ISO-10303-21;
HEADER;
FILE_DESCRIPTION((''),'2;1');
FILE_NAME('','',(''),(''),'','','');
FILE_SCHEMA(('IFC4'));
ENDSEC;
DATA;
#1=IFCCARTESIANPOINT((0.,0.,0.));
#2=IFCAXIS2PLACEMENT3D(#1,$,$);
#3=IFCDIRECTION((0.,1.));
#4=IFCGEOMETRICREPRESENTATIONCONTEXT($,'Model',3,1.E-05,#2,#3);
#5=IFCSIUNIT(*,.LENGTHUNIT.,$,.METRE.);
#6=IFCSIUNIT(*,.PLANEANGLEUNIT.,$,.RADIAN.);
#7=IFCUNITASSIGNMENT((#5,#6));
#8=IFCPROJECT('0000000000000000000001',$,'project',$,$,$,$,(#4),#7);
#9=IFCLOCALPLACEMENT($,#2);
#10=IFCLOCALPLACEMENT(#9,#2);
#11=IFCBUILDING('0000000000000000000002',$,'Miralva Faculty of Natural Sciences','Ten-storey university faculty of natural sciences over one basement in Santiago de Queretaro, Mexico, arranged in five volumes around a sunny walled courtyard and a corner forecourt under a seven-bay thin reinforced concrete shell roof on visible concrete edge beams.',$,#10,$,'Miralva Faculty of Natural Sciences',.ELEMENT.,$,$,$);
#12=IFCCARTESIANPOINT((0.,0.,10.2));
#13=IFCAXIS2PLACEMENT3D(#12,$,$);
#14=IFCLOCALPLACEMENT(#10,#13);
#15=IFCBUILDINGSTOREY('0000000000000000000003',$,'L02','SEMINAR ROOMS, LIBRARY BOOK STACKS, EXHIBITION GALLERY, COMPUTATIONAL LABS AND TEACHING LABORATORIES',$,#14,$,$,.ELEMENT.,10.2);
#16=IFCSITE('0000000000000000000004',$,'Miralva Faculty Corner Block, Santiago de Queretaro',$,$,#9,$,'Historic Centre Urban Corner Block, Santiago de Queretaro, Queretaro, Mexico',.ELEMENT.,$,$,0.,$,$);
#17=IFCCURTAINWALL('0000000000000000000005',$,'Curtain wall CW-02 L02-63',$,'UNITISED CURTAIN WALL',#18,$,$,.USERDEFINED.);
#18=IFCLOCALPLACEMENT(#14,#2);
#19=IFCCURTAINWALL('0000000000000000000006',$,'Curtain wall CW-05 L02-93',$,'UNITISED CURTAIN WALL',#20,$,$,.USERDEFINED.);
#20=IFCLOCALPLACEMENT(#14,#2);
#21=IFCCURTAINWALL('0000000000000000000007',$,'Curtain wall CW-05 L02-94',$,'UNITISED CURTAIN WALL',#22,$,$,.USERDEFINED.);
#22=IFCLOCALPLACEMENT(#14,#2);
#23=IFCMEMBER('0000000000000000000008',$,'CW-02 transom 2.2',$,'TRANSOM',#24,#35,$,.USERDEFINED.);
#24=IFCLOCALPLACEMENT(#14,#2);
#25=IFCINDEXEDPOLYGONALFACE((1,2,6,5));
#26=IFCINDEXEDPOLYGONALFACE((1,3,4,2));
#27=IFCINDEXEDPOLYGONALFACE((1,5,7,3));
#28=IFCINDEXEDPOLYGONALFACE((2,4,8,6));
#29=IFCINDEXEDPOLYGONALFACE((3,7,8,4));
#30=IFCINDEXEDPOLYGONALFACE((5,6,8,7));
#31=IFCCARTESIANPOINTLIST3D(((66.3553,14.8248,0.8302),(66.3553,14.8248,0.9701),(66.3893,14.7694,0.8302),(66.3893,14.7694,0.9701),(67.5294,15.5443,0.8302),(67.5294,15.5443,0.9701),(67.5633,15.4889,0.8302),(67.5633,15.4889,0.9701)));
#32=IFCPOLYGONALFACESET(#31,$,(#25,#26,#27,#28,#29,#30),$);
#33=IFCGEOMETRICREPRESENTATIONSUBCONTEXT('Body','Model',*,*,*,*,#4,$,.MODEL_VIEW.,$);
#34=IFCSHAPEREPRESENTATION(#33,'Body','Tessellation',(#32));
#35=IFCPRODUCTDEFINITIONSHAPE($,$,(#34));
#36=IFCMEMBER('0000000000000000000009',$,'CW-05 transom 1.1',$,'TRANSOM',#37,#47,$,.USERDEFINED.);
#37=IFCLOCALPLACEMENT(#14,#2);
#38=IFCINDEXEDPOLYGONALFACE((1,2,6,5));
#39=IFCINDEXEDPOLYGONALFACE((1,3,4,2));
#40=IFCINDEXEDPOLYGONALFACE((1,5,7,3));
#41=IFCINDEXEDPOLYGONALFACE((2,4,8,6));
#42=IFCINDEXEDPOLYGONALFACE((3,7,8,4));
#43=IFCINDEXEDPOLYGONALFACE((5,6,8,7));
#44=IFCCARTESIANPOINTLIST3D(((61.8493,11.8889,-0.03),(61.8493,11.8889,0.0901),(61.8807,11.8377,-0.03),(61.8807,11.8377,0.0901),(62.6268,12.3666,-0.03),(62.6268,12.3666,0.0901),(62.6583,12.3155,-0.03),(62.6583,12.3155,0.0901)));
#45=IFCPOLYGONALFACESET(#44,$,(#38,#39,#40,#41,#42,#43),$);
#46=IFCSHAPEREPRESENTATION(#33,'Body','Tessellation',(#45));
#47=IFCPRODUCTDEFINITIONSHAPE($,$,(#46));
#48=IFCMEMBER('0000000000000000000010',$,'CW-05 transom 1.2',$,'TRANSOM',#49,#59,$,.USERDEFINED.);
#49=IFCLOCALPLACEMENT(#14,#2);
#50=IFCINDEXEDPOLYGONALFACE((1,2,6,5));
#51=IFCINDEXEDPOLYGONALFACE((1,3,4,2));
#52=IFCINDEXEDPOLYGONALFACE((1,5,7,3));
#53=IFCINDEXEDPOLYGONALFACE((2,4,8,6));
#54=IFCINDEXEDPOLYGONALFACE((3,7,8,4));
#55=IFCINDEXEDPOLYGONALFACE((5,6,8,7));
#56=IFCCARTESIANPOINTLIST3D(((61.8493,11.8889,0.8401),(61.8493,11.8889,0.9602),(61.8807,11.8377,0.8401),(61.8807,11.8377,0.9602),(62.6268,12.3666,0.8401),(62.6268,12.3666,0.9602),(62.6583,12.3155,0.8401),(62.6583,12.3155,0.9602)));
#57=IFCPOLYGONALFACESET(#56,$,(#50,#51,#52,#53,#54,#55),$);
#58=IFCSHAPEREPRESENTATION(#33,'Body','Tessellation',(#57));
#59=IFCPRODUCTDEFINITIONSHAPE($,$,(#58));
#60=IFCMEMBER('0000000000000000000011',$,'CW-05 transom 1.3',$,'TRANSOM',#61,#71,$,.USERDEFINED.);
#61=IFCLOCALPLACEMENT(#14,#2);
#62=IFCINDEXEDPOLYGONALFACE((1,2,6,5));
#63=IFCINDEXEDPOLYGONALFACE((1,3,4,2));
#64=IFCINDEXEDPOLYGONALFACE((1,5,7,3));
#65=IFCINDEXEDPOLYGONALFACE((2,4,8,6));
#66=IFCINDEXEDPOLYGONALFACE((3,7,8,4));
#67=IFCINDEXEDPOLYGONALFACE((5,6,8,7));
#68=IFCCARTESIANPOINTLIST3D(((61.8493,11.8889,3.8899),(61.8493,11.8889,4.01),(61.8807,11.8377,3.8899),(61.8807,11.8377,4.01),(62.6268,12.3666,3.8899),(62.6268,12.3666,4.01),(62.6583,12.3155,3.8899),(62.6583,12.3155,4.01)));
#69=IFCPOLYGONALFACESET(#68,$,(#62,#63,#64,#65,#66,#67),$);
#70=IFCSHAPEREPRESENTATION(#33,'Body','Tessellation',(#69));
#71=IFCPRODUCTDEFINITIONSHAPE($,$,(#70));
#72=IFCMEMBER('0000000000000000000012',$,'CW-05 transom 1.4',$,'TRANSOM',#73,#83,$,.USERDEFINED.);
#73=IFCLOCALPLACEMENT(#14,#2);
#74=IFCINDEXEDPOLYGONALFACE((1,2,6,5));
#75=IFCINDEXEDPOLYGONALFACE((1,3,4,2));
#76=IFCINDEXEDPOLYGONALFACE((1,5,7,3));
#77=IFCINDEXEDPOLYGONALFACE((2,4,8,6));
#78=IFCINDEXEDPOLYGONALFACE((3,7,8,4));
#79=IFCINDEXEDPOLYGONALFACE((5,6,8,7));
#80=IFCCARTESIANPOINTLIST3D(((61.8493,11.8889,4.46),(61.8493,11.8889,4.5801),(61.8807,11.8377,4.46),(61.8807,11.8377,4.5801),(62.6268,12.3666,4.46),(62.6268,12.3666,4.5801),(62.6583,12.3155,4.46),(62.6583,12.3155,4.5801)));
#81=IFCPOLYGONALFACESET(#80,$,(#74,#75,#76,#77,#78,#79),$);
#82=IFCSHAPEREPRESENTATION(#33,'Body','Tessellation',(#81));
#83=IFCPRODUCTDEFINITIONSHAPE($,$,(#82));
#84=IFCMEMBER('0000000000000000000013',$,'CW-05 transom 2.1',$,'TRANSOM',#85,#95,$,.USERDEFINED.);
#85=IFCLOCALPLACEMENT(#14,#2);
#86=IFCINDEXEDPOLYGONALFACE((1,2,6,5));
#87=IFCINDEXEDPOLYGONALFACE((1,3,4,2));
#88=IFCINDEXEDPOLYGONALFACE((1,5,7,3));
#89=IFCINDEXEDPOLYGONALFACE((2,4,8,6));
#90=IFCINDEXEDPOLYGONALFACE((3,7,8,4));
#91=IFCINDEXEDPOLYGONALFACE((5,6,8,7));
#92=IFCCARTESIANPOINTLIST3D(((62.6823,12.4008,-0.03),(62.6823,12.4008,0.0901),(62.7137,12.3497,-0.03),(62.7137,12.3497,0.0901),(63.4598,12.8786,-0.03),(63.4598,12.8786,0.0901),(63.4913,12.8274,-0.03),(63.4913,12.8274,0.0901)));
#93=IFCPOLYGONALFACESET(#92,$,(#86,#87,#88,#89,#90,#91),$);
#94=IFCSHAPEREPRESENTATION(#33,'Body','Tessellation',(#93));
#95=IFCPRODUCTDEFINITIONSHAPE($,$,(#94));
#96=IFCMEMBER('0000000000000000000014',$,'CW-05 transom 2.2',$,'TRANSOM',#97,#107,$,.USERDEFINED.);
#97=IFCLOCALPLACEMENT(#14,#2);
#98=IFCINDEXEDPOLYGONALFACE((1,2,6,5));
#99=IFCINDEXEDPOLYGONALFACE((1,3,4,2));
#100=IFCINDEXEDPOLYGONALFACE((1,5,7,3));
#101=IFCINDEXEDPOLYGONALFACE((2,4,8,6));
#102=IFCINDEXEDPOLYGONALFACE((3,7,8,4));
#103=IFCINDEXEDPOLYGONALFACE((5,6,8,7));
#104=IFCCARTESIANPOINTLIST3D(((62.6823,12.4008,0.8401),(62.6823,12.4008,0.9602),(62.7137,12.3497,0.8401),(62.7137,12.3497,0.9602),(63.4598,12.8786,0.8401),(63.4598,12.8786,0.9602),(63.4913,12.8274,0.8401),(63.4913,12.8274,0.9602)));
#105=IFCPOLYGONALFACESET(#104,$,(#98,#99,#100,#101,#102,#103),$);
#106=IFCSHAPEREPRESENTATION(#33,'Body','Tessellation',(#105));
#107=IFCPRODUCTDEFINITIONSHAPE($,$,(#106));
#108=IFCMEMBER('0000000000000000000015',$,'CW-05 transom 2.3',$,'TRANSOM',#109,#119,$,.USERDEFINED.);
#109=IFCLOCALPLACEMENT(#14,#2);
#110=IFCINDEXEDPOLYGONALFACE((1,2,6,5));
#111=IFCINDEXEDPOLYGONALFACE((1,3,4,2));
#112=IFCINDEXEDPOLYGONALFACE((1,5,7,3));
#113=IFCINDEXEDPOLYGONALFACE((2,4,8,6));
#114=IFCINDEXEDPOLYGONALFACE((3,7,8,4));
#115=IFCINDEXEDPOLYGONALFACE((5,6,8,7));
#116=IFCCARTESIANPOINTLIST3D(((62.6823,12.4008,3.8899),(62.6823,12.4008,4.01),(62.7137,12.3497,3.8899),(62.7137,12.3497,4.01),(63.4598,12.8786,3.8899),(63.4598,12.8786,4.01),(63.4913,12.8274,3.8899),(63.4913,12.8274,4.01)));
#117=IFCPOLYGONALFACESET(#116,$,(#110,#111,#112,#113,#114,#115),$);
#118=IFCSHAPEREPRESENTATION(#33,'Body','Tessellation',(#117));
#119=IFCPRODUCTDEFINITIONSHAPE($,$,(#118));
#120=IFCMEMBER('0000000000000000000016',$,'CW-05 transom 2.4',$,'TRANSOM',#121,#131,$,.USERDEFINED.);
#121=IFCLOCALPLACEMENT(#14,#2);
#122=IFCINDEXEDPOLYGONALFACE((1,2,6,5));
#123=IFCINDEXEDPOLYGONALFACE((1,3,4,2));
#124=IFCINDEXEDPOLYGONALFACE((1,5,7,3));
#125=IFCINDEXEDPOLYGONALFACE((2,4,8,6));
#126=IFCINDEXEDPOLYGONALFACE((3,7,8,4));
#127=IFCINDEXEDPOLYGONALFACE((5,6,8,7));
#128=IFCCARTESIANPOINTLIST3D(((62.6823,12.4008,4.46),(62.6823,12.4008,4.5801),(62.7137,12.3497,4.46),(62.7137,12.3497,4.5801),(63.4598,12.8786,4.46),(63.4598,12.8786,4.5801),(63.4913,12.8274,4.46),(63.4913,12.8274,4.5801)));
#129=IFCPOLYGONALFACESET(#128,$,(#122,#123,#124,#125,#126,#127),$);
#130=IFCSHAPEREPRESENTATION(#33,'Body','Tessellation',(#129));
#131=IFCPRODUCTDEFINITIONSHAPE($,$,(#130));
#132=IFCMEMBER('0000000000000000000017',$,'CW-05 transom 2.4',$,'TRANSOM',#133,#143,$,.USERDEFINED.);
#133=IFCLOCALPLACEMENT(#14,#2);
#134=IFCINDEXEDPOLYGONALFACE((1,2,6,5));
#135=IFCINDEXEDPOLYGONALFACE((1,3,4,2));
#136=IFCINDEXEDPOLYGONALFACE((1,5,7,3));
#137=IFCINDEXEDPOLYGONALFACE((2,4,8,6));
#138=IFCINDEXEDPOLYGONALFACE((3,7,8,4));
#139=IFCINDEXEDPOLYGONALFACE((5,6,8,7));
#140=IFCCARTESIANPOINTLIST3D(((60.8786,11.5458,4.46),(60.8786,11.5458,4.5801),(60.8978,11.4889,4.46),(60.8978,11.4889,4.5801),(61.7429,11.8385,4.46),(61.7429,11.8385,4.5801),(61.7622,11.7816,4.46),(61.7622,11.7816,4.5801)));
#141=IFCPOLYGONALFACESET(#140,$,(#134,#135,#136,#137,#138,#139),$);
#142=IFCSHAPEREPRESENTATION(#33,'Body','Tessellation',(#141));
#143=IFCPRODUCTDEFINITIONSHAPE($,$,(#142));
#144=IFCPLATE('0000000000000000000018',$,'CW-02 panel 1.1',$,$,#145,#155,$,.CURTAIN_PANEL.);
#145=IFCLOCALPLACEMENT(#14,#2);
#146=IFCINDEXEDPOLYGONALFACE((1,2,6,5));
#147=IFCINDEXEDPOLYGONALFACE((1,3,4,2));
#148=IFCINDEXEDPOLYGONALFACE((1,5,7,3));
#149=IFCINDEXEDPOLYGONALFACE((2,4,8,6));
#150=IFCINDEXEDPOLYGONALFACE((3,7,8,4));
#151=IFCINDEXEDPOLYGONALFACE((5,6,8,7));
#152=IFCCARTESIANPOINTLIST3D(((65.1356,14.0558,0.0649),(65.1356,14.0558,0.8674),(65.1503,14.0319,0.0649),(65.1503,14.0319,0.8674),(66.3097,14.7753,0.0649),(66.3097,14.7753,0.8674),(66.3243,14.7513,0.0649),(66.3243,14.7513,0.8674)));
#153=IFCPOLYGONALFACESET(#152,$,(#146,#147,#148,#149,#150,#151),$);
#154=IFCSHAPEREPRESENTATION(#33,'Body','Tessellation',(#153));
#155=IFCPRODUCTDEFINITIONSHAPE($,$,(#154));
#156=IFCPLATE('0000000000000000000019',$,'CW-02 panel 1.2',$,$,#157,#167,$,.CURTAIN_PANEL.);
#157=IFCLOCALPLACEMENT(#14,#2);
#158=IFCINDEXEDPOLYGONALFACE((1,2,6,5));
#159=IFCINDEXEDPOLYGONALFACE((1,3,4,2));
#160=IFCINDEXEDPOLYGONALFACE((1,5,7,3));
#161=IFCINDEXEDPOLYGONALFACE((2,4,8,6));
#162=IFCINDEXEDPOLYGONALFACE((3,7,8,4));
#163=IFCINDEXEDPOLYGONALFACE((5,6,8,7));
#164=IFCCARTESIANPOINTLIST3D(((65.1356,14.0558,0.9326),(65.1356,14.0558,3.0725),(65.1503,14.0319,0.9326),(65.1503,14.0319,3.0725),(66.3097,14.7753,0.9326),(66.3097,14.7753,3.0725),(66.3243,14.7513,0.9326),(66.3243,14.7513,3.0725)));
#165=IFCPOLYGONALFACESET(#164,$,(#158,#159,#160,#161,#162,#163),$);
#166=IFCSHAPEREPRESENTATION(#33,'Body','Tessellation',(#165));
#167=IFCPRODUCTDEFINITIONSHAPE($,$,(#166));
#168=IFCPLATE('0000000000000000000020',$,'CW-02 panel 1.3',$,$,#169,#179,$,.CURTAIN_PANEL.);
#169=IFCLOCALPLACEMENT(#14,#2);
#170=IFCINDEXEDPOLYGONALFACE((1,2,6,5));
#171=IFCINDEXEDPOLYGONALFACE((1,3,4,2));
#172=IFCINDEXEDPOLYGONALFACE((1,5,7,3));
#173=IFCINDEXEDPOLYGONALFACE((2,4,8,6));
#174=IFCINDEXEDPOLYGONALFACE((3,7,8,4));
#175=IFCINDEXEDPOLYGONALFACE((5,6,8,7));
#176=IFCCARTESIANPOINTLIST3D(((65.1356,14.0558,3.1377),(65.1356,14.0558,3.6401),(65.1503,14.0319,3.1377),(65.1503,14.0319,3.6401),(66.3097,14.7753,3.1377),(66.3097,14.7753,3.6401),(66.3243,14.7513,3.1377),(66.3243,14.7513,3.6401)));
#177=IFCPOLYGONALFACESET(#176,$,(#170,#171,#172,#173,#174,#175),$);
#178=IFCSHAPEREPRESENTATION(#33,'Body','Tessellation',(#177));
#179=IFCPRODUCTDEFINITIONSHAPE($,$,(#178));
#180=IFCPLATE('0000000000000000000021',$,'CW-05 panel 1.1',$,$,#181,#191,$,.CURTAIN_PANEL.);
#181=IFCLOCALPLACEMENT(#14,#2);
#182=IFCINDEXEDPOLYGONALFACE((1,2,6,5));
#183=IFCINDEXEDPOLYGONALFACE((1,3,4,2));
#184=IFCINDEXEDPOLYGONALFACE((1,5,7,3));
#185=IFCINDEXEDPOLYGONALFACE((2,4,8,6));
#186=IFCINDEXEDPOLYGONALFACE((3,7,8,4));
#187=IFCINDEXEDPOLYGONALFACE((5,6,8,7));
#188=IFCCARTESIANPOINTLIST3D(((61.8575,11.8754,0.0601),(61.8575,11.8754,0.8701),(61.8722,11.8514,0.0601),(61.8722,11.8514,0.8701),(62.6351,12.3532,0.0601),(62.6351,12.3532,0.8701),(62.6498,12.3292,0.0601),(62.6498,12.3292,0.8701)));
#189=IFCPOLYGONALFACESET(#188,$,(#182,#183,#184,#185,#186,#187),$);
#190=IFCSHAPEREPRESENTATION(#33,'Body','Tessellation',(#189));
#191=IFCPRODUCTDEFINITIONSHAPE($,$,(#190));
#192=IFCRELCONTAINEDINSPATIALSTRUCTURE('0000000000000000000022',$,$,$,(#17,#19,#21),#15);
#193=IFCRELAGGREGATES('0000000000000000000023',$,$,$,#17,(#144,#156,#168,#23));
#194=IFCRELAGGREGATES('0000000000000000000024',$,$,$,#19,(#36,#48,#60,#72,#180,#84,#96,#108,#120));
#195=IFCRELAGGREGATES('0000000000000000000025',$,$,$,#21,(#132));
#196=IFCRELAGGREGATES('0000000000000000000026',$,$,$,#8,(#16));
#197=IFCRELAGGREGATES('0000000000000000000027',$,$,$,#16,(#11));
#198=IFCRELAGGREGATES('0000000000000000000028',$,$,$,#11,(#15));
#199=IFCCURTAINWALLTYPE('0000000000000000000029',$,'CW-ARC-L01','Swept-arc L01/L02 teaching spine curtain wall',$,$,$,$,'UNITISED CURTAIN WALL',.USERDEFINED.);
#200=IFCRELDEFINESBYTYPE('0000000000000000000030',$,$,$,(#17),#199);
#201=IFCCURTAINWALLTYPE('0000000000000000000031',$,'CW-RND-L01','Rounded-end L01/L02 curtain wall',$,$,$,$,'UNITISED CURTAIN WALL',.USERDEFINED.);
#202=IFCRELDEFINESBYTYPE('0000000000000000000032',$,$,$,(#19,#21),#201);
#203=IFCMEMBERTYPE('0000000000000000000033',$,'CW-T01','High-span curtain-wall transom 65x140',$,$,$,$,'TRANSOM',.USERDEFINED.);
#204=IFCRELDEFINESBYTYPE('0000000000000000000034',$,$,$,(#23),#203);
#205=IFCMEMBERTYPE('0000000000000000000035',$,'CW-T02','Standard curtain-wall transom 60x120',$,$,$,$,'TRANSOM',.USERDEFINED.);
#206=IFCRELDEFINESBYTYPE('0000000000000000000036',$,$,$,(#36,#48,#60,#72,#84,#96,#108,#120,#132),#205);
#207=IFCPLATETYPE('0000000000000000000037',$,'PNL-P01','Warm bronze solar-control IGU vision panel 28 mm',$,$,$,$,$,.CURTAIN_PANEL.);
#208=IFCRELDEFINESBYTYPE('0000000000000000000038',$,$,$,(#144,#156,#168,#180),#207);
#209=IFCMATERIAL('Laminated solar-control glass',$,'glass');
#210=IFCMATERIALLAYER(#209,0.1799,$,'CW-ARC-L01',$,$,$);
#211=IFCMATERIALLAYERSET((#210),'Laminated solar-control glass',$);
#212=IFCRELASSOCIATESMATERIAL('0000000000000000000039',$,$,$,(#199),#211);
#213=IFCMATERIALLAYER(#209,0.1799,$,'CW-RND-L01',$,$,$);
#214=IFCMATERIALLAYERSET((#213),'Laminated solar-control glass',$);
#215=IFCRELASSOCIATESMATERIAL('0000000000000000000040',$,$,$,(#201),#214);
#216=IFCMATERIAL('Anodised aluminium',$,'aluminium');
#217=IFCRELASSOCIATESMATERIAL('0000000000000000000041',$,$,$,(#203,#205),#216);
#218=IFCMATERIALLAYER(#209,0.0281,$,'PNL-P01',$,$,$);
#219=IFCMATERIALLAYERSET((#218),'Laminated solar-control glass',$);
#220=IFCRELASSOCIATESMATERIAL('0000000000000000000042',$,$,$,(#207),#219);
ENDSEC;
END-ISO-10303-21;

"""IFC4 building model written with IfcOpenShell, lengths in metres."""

from ifc_helpers import new_model, si_unit, direction, frame, origin, origin_2d, place, context, subcontext, project, spatial, rectangle, extrude, material, layer, layer_set, material_profile, profile_set, type_object, element, aggregate, save


model = new_model("IFC4")

# Units and contexts
model_context = context("Model", 3, precision=1e-05, world=origin(), true_north=direction((0.0, 1.0)))
body_context = subcontext(model_context, "Body", "Model", "MODEL_VIEW")
ifc_project = project(units=[si_unit("LENGTHUNIT", "METRE"), si_unit("PLANEANGLEUNIT", "RADIAN")], contexts=[model_context])

# Site, building, storey
site_placement = place(None, origin())
site = spatial("IfcSite", under=ifc_project, at=site_placement, Name="Miralva Faculty Corner Block, Santiago de Queretaro", LongName="Historic Centre Urban Corner Block, Santiago de Queretaro, Queretaro, Mexico", CompositionType="ELEMENT", RefElevation=0.0)
building_placement = place(site_placement, origin())
building = spatial("IfcBuilding", under=site, at=building_placement, Name="Miralva Faculty of Natural Sciences", Description="Ten-storey university faculty of natural sciences over one basement in Santiago de Queretaro, Mexico, arranged in five volumes around a sunny walled courtyard and a corner forecourt under a seven-bay thin reinforced concrete shell roof on visible concrete edge beams.", LongName="Miralva Faculty of Natural Sciences", CompositionType="ELEMENT")
storey_placement = place(building_placement, frame((0.0, 0.0, 10.2)))
storey = spatial("IfcBuildingStorey", under=building, at=storey_placement, Name="L02", Description="SEMINAR ROOMS, LIBRARY BOOK STACKS, EXHIBITION GALLERY, COMPUTATIONAL LABS AND TEACHING LABORATORIES", CompositionType="ELEMENT", Elevation=10.2)

# Curtain walls
ifc_material_1 = material(Name="Laminated solar-control glass", Category="glass")
ifc_layer_1 = layer(ifc_material_1, 0.1799, Name="CW-ARC-L01")
ifc_layer_set_1 = layer_set([ifc_layer_1], Name="Laminated solar-control glass")
curtain_wall_type_1 = type_object("IfcCurtainWallType", Name="CW-ARC-L01", Description="Swept-arc L01/L02 teaching spine curtain wall", ElementType="UNITISED CURTAIN WALL", PredefinedType="USERDEFINED", material=ifc_layer_set_1)
curtain_wall_1_placement = place(storey_placement, origin())
curtain_wall_1 = element("IfcCurtainWall", 1, at=curtain_wall_1_placement, inside=storey, type_object=curtain_wall_type_1, Name="Curtain wall CW-02 L02-63", ObjectType="UNITISED CURTAIN WALL", PredefinedType="USERDEFINED")
ifc_material_2 = material(Name="Anodised aluminium", Category="aluminium")
ifc_layer_2 = layer(ifc_material_1, 0.1799, Name="CW-RND-L01")
ifc_layer_set_2 = layer_set([ifc_layer_2], Name="Laminated solar-control glass")
curtain_wall_type_2 = type_object("IfcCurtainWallType", Name="CW-RND-L01", Description="Rounded-end L01/L02 curtain wall", ElementType="UNITISED CURTAIN WALL", PredefinedType="USERDEFINED", material=ifc_layer_set_2)
curtain_wall_2_placement = place(storey_placement, origin())
curtain_wall_2 = element("IfcCurtainWall", 2, at=curtain_wall_2_placement, inside=storey, type_object=curtain_wall_type_2, Name="Curtain wall CW-05 L02-93", ObjectType="UNITISED CURTAIN WALL", PredefinedType="USERDEFINED")

# Curtain wall
curtain_wall_3_placement = place(storey_placement, origin())
curtain_wall_3 = element("IfcCurtainWall", 3, at=curtain_wall_3_placement, inside=storey, type_object=curtain_wall_type_2, Name="Curtain wall CW-05 L02-94", ObjectType="UNITISED CURTAIN WALL", PredefinedType="USERDEFINED")

# Members
ifc_material_profile_1 = material_profile(ifc_material_2, rectangle(XDim=0.0649, YDim=0.1399, at=origin_2d()), Name="TRANSOM 65x140")
ifc_profile_set_1 = profile_set([ifc_material_profile_1], Name="Anodised aluminium")
member_type_1 = type_object("IfcMemberType", Name="CW-T01", Description="High-span curtain-wall transom 65x140", ElementType="TRANSOM", PredefinedType="USERDEFINED", material=ifc_profile_set_1)
member_1_placement = place(storey_placement, frame((66.3723, 14.7971, 0.9001), z_axis=(0.852637, 0.522504, 0.0), x_axis=(-0.522504, 0.852637, 0.0)))
member_1 = element("IfcMember", 4, at=member_1_placement, type_object=member_type_1, Name="CW-02 transom 2.2", ObjectType="TRANSOM", PredefinedType="USERDEFINED", context=body_context, shape_type="SweptSolid", body=[
    extrude(rectangle(XDim=0.0649, YDim=0.1399, at=origin_2d()), origin(), (0.0, 0.0, 1.0), 1.377),
])
ifc_material_profile_2 = material_profile(ifc_material_2, rectangle(XDim=0.0601, YDim=0.1201, at=origin_2d()), Name="TRANSOM 60x120")
ifc_profile_set_2 = profile_set([ifc_material_profile_2], Name="Anodised aluminium")
member_type_2 = type_object("IfcMemberType", Name="CW-T02", Description="Standard curtain-wall transom 60x120", ElementType="TRANSOM", PredefinedType="USERDEFINED", material=ifc_profile_set_2)
member_2_placement = place(storey_placement, frame((61.865, 11.8633, 0.03), z_axis=(0.852016, 0.523515, 0.0), x_axis=(-0.523515, 0.852016, 0.0)))
member_2 = element("IfcMember", 5, at=member_2_placement, type_object=member_type_2, Name="CW-05 transom 1.1", ObjectType="TRANSOM", PredefinedType="USERDEFINED", context=body_context, shape_type="SweptSolid", body=[
    extrude(rectangle(XDim=0.0601, YDim=0.1201, at=origin_2d()), origin(), (0.0, 0.0, 1.0), 0.9126),
])
member_3_placement = place(storey_placement, frame((61.865, 11.8633, 0.9001), z_axis=(0.852016, 0.523515, 0.0), x_axis=(-0.523515, 0.852016, 0.0)))
member_3 = element("IfcMember", 6, at=member_3_placement, type_object=member_type_2, Name="CW-05 transom 1.2", ObjectType="TRANSOM", PredefinedType="USERDEFINED", context=body_context, shape_type="SweptSolid", body=[
    extrude(rectangle(XDim=0.0601, YDim=0.1201, at=origin_2d()), origin(), (0.0, 0.0, 1.0), 0.9126),
])
member_4_placement = place(storey_placement, frame((61.865, 11.8633, 3.95), z_axis=(0.852016, 0.523515, 0.0), x_axis=(-0.523515, 0.852016, 0.0)))
member_4 = element("IfcMember", 7, at=member_4_placement, type_object=member_type_2, Name="CW-05 transom 1.3", ObjectType="TRANSOM", PredefinedType="USERDEFINED", context=body_context, shape_type="SweptSolid", body=[
    extrude(rectangle(XDim=0.0601, YDim=0.1201, at=origin_2d()), origin(), (0.0, 0.0, 1.0), 0.9126),
])
member_5_placement = place(storey_placement, frame((61.865, 11.8633, 4.52), z_axis=(0.852016, 0.523515, 0.0), x_axis=(-0.523515, 0.852016, 0.0)))
member_5 = element("IfcMember", 8, at=member_5_placement, type_object=member_type_2, Name="CW-05 transom 1.4", ObjectType="TRANSOM", PredefinedType="USERDEFINED", context=body_context, shape_type="SweptSolid", body=[
    extrude(rectangle(XDim=0.0601, YDim=0.1201, at=origin_2d()), origin(), (0.0, 0.0, 1.0), 0.9126),
])
member_6_placement = place(storey_placement, frame((62.698, 12.3752, 0.03), z_axis=(0.852016, 0.523515, 0.0), x_axis=(-0.523515, 0.852016, 0.0)))
member_6 = element("IfcMember", 9, at=member_6_placement, type_object=member_type_2, Name="CW-05 transom 2.1", ObjectType="TRANSOM", PredefinedType="USERDEFINED", context=body_context, shape_type="SweptSolid", body=[
    extrude(rectangle(XDim=0.0601, YDim=0.1201, at=origin_2d()), origin(), (0.0, 0.0, 1.0), 0.9126),
])
member_7_placement = place(storey_placement, frame((62.698, 12.3752, 0.9001), z_axis=(0.852016, 0.523515, 0.0), x_axis=(-0.523515, 0.852016, 0.0)))
member_7 = element("IfcMember", 10, at=member_7_placement, type_object=member_type_2, Name="CW-05 transom 2.2", ObjectType="TRANSOM", PredefinedType="USERDEFINED", context=body_context, shape_type="SweptSolid", body=[
    extrude(rectangle(XDim=0.0601, YDim=0.1201, at=origin_2d()), origin(), (0.0, 0.0, 1.0), 0.9126),
])
member_8_placement = place(storey_placement, frame((62.698, 12.3752, 3.95), z_axis=(0.852016, 0.523515, 0.0), x_axis=(-0.523515, 0.852016, 0.0)))
member_8 = element("IfcMember", 11, at=member_8_placement, type_object=member_type_2, Name="CW-05 transom 2.3", ObjectType="TRANSOM", PredefinedType="USERDEFINED", context=body_context, shape_type="SweptSolid", body=[
    extrude(rectangle(XDim=0.0601, YDim=0.1201, at=origin_2d()), origin(), (0.0, 0.0, 1.0), 0.9126),
])
member_9_placement = place(storey_placement, frame((62.698, 12.3752, 4.52), z_axis=(0.852016, 0.523515, 0.0), x_axis=(-0.523515, 0.852016, 0.0)))
member_9 = element("IfcMember", 12, at=member_9_placement, type_object=member_type_2, Name="CW-05 transom 2.4", ObjectType="TRANSOM", PredefinedType="USERDEFINED", context=body_context, shape_type="SweptSolid", body=[
    extrude(rectangle(XDim=0.0601, YDim=0.1201, at=origin_2d()), origin(), (0.0, 0.0, 1.0), 0.9126),
])
member_10_placement = place(storey_placement, frame((60.8882, 11.5173, 4.52), z_axis=(0.947175, 0.320718, 0.0), x_axis=(-0.320718, 0.947175, 0.0)))
member_10 = element("IfcMember", 13, at=member_10_placement, type_object=member_type_2, Name="CW-05 transom 2.4", ObjectType="TRANSOM", PredefinedType="USERDEFINED", context=body_context, shape_type="SweptSolid", body=[
    extrude(rectangle(XDim=0.0601, YDim=0.1201, at=origin_2d()), origin(), (0.0, 0.0, 1.0), 0.9126),
])

# Plates
ifc_layer_3 = layer(ifc_material_1, 0.0281, Name="PNL-P01")
ifc_layer_set_3 = layer_set([ifc_layer_3], Name="Laminated solar-control glass")
plate_type = type_object("IfcPlateType", Name="PNL-P01", Description="Warm bronze solar-control IGU vision panel 28 mm", PredefinedType="CURTAIN_PANEL", material=ifc_layer_set_3)
plate_1_placement = place(storey_placement, frame((65.73, 14.4036, 0.0649), z_axis=(0.0, 0.0, 1.0), x_axis=(0.852641, 0.522498, 0.0)))
plate_1 = element("IfcPlate", 14, at=plate_1_placement, type_object=plate_type, Name="CW-02 panel 1.1", PredefinedType="CURTAIN_PANEL", context=body_context, shape_type="SweptSolid", body=[
    extrude(rectangle(XDim=1.377, YDim=0.0281, at=origin_2d()), origin(), (0.0, 0.0, 1.0), 0.8025),
])
plate_2_placement = place(storey_placement, frame((65.73, 14.4036, 0.9326), z_axis=(0.0, 0.0, 1.0), x_axis=(0.852641, 0.522498, 0.0)))
plate_2 = element("IfcPlate", 15, at=plate_2_placement, type_object=plate_type, Name="CW-02 panel 1.2", PredefinedType="CURTAIN_PANEL", context=body_context, shape_type="SweptSolid", body=[
    extrude(rectangle(XDim=1.377, YDim=0.0281, at=origin_2d()), origin(), (0.0, 0.0, 1.0), 2.1399),
])
plate_3_placement = place(storey_placement, frame((65.73, 14.4036, 3.1377), z_axis=(0.0, 0.0, 1.0), x_axis=(0.852641, 0.522498, 0.0)))
plate_3 = element("IfcPlate", 16, at=plate_3_placement, type_object=plate_type, Name="CW-02 panel 1.3", PredefinedType="CURTAIN_PANEL", context=body_context, shape_type="SweptSolid", body=[
    extrude(rectangle(XDim=1.377, YDim=0.0281, at=origin_2d()), origin(), (0.0, 0.0, 1.0), 0.5024),
])
aggregate(curtain_wall_1, [plate_1, plate_2, plate_3, member_1])
plate_4_placement = place(storey_placement, frame((62.2537, 12.1023, 0.0601), z_axis=(0.0, 0.0, 1.0), x_axis=(0.851995, 0.523551, 0.0)))
plate_4 = element("IfcPlate", 17, at=plate_4_placement, type_object=plate_type, Name="CW-05 panel 1.1", PredefinedType="CURTAIN_PANEL", context=body_context, shape_type="SweptSolid", body=[
    extrude(rectangle(XDim=0.9126, YDim=0.0281, at=origin_2d()), origin(), (0.0, 0.0, 1.0), 0.8101),
])
aggregate(curtain_wall_2, [member_2, member_3, member_4, member_5, plate_4, member_6, member_7, member_8, member_9])
aggregate(curtain_wall_3, [member_10])

save(model, "model.ifc")
